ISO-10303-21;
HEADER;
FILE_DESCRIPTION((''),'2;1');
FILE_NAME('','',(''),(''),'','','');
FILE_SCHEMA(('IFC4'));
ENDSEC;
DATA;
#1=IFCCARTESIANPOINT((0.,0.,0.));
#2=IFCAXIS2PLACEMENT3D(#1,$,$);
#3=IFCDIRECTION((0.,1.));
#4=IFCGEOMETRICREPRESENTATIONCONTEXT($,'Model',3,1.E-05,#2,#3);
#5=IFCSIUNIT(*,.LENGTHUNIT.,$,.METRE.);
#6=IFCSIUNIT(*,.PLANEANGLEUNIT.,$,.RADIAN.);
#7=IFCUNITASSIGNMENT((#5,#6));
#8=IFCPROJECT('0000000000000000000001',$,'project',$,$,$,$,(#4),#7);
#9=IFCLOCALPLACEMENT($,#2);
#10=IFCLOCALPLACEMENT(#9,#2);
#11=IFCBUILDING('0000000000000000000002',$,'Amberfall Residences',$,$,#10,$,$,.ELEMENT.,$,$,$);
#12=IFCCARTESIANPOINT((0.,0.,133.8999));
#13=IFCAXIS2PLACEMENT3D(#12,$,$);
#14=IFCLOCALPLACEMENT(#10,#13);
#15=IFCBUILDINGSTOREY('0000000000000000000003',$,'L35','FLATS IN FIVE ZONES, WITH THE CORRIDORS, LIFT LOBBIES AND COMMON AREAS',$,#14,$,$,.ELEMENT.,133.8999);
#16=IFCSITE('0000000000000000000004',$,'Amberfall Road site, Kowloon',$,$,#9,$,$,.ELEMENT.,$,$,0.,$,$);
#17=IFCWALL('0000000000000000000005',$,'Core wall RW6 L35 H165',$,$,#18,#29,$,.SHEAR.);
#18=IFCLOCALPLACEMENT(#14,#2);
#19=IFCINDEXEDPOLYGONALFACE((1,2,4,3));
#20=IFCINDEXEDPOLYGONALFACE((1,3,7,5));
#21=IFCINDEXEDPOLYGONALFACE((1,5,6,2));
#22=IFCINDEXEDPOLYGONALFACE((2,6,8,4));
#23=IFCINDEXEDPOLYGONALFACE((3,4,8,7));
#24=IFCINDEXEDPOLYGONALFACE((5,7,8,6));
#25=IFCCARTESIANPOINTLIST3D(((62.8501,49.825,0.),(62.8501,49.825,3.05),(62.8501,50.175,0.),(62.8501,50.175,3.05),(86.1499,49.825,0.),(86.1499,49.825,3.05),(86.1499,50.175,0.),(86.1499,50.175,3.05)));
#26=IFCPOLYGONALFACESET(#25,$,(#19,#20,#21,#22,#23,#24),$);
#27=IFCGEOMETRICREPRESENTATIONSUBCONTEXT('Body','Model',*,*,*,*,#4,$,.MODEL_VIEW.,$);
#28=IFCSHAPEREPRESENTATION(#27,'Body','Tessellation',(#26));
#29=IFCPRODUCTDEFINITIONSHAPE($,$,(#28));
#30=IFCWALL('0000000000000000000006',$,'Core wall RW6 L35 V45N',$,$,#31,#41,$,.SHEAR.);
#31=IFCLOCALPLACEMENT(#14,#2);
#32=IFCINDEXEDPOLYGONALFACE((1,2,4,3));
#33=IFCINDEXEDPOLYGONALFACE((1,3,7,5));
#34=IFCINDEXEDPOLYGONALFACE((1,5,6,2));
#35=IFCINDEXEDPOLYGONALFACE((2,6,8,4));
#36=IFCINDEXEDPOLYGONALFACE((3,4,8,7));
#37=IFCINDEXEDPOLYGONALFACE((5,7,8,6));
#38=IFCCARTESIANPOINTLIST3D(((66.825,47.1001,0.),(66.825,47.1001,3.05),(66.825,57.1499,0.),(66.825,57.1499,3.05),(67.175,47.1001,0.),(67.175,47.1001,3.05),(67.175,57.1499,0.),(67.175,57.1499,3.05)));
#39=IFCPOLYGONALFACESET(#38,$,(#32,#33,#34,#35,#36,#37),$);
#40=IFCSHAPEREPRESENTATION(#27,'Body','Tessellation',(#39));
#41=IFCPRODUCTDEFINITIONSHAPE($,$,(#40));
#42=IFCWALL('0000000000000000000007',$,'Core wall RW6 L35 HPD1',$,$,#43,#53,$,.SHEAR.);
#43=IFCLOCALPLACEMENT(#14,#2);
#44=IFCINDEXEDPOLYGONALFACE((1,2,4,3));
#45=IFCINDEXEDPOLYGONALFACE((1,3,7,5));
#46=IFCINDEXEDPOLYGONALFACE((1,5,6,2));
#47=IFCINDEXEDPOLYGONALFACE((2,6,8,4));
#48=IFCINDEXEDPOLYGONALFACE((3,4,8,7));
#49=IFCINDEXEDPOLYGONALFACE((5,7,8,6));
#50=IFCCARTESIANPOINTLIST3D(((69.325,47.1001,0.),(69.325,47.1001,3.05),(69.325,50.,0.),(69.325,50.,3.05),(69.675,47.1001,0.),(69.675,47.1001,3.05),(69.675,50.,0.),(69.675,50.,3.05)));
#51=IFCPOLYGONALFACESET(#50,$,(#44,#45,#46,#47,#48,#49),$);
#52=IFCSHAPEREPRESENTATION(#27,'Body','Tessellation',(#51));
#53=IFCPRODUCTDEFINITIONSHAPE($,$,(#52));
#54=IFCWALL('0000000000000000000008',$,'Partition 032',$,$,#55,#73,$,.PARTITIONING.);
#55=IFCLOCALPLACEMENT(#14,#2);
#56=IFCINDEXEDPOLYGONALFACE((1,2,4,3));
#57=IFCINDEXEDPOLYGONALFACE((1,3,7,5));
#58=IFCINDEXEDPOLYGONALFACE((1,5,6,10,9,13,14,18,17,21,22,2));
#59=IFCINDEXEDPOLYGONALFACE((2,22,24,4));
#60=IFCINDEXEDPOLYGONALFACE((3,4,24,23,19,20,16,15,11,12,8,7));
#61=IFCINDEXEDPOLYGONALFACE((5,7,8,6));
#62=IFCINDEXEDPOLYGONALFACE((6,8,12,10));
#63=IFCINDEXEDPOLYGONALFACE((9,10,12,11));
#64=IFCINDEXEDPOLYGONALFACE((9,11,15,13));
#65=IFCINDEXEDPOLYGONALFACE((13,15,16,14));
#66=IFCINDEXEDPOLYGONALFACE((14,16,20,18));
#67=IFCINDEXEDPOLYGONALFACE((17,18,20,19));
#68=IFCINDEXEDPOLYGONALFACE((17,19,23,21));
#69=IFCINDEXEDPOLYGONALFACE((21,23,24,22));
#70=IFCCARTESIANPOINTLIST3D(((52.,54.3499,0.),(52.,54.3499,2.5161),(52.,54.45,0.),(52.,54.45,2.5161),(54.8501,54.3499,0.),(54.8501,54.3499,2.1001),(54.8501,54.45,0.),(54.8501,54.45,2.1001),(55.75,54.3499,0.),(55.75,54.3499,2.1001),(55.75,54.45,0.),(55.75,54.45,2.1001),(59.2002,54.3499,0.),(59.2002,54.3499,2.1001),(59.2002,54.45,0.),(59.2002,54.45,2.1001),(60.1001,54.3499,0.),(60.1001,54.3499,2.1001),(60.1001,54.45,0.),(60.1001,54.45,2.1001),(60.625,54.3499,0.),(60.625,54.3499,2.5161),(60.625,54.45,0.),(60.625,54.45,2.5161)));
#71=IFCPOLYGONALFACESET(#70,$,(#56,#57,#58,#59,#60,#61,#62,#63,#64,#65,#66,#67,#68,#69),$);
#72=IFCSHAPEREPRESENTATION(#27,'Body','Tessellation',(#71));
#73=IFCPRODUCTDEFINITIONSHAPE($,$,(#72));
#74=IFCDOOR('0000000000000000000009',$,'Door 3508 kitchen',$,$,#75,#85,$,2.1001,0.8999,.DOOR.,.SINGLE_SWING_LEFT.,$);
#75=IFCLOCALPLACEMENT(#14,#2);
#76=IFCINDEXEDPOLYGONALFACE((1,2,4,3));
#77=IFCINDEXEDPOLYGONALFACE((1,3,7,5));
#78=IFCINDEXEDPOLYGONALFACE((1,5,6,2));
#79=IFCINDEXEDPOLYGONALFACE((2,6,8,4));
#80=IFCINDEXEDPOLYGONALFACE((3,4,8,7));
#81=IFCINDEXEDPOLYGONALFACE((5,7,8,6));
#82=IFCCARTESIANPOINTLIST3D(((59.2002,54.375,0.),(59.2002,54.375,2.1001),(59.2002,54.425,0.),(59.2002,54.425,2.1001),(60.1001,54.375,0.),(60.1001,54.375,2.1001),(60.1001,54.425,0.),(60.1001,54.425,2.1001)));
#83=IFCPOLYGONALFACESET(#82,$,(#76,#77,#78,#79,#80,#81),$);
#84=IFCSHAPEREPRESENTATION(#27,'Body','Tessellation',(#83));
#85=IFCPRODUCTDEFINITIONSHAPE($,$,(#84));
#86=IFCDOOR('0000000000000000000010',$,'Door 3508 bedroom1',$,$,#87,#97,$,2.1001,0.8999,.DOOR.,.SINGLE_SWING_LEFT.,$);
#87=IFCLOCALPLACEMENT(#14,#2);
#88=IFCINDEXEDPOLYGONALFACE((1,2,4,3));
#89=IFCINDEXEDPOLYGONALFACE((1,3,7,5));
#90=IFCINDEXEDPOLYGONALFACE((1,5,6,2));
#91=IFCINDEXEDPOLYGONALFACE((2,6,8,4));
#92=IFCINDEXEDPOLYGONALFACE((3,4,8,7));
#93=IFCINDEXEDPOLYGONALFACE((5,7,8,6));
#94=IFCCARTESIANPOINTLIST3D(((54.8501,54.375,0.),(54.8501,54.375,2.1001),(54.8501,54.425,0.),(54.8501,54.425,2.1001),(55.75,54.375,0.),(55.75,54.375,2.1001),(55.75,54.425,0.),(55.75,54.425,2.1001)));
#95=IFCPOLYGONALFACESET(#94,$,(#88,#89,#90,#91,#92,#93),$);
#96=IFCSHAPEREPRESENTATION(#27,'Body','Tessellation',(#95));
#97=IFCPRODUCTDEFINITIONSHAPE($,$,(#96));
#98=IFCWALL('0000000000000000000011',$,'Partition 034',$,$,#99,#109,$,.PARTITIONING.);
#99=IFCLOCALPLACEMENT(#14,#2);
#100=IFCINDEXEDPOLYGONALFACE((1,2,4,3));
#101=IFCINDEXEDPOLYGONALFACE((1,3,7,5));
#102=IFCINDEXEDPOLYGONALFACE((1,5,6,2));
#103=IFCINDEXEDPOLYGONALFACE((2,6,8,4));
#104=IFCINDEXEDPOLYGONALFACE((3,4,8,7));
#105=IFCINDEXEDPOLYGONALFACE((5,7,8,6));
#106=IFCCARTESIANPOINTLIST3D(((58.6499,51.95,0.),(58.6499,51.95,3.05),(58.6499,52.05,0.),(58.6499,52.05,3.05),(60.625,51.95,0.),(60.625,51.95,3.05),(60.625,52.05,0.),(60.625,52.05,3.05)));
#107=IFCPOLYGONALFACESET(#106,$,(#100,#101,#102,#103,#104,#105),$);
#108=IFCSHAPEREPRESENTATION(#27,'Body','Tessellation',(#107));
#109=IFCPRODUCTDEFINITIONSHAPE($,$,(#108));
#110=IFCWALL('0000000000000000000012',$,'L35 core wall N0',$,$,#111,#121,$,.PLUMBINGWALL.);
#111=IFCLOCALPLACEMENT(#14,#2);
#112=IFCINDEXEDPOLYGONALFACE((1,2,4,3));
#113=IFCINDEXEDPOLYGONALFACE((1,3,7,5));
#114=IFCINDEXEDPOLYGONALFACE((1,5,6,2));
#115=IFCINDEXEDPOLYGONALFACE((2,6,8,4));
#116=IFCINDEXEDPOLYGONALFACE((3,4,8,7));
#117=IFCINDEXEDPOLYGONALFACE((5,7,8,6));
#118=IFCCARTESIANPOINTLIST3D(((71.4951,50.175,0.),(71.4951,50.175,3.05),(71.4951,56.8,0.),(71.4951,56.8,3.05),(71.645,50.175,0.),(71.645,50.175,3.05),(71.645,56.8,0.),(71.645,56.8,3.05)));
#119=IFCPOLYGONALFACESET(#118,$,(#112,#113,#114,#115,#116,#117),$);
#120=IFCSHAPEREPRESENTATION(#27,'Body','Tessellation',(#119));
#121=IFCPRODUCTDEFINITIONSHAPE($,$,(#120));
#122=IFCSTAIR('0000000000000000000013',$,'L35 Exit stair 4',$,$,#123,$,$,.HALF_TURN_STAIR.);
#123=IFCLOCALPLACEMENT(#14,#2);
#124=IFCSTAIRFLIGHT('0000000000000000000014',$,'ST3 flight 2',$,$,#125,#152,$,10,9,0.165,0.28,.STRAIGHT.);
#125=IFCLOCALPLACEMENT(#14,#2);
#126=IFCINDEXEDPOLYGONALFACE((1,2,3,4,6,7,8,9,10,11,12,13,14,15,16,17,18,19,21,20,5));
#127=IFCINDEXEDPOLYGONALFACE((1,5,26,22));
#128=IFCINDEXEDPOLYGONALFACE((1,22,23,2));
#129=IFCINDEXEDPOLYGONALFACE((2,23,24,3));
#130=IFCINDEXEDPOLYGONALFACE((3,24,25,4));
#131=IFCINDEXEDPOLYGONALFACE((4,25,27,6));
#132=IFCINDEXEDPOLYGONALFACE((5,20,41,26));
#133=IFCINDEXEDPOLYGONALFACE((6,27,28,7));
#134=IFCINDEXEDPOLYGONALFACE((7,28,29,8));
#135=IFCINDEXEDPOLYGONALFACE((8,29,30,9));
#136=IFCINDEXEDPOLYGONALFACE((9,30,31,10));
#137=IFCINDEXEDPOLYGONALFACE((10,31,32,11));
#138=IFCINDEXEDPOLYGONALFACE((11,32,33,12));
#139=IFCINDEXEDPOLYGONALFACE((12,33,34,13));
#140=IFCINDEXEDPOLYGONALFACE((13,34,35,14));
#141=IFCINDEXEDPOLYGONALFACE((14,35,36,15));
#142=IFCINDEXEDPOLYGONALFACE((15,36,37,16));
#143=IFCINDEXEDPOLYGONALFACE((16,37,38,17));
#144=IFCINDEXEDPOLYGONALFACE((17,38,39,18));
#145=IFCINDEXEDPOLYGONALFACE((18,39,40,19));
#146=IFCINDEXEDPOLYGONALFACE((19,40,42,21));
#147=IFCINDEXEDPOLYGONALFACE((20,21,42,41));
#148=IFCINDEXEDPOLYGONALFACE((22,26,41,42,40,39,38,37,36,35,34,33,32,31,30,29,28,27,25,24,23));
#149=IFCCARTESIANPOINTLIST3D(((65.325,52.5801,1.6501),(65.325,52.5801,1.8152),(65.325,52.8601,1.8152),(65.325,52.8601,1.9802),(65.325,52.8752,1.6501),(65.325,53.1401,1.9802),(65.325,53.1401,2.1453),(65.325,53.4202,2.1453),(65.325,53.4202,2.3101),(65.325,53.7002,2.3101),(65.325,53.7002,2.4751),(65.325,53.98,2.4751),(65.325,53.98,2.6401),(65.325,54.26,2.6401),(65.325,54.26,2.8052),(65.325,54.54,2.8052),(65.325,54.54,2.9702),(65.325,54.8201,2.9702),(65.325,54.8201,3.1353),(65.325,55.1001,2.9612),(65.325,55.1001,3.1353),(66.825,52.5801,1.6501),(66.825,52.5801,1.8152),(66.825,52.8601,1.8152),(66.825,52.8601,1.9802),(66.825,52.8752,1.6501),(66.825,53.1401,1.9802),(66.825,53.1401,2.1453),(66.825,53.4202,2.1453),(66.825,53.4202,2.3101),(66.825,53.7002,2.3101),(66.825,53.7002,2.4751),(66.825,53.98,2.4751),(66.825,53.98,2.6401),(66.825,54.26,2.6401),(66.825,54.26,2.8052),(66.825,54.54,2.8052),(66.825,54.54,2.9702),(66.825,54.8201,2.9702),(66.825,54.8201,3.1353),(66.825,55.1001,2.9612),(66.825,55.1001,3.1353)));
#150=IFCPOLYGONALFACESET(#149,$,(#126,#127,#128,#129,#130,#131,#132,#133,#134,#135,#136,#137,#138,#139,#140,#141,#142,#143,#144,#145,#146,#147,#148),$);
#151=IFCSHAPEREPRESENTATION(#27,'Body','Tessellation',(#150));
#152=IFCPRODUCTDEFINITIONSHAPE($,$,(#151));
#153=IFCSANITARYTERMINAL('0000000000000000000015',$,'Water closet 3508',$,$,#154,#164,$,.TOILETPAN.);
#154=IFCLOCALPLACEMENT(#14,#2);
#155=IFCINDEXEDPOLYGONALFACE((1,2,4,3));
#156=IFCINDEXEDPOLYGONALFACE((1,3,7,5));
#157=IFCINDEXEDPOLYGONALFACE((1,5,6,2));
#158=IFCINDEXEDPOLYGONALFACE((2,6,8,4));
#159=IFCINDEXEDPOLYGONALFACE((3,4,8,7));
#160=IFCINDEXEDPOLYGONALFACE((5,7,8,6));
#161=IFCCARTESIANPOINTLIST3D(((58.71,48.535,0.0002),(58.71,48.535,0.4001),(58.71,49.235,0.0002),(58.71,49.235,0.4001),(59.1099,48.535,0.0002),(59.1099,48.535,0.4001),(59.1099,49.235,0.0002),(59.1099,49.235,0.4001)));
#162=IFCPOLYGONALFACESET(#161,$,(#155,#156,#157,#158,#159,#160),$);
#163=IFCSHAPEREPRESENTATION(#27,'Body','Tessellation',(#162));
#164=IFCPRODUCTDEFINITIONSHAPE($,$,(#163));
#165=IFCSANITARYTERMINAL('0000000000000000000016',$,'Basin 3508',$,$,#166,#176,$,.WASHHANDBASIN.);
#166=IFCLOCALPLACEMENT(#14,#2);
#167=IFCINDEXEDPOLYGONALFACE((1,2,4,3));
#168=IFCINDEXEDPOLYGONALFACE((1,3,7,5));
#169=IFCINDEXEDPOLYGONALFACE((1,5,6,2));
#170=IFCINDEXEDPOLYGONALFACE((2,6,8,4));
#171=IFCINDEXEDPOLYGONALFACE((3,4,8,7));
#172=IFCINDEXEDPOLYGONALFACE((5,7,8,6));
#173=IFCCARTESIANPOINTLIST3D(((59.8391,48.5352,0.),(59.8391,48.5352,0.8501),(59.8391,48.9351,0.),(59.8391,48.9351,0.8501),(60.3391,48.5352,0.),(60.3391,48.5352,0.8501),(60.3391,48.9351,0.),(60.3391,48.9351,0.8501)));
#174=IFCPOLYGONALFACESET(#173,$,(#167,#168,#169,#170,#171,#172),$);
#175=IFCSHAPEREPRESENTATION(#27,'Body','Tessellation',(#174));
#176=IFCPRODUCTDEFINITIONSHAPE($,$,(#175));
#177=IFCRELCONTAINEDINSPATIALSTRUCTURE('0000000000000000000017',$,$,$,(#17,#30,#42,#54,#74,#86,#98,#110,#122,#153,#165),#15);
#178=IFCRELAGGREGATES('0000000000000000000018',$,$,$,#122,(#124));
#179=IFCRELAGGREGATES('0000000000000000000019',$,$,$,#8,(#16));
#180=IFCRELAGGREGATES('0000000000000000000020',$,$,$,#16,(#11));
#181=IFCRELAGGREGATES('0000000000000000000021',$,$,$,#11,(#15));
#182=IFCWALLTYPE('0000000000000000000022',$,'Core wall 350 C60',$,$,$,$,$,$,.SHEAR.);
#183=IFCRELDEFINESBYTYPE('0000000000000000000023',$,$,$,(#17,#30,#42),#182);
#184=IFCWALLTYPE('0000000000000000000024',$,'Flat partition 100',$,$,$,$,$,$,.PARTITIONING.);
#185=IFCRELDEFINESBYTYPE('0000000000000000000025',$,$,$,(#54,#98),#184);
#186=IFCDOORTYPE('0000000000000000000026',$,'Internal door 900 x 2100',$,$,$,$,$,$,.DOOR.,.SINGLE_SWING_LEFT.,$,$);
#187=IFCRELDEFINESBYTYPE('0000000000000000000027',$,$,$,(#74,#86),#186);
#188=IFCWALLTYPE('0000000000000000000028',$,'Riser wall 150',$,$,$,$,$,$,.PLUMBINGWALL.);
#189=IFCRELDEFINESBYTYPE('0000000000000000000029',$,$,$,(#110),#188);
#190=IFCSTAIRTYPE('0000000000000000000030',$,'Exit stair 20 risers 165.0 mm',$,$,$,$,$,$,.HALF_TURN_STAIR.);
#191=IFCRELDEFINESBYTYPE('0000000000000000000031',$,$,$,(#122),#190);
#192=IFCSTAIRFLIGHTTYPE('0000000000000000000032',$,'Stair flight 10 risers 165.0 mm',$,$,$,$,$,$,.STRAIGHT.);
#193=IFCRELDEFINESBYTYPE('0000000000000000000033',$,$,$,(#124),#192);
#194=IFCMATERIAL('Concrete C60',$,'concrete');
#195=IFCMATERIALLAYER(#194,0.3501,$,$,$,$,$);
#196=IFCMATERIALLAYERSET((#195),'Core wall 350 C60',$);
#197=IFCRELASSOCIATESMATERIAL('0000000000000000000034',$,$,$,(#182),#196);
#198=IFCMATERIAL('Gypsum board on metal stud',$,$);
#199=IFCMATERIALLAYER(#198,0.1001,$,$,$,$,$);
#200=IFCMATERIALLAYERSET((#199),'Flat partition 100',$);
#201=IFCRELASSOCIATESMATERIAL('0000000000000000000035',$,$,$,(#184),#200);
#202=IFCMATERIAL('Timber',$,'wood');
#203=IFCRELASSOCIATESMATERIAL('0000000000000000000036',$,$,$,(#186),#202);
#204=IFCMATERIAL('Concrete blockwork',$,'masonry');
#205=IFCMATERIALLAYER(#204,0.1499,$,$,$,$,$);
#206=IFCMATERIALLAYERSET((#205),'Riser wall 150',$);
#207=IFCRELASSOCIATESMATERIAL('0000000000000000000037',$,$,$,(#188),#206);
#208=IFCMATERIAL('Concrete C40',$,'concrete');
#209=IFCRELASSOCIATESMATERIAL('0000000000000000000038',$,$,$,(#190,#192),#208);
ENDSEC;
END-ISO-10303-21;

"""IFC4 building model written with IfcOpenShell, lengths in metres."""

from ifc_helpers import new_model, si_unit, direction, frame, frame_2d, origin, origin_2d, place, context, subcontext, project, spatial, polyline, rectangle, outline, extrude, material, layer, layer_set, type_object, element, fill, aggregate, save


model = new_model("IFC4")

# Units and contexts
model_context = context("Model", 3, precision=1e-05, world=origin(), true_north=direction((0.0, 1.0)))
body_context = subcontext(model_context, "Body", "Model", "MODEL_VIEW")
ifc_project = project(units=[si_unit("LENGTHUNIT", "METRE"), si_unit("PLANEANGLEUNIT", "RADIAN")], contexts=[model_context])

# Site, building, storey
site_placement = place(None, origin())
site = spatial("IfcSite", under=ifc_project, at=site_placement, Name="Amberfall Road site, Kowloon", CompositionType="ELEMENT", RefElevation=0.0)
building_placement = place(site_placement, origin())
building = spatial("IfcBuilding", under=site, at=building_placement, Name="Amberfall Residences", CompositionType="ELEMENT")
storey_placement = place(building_placement, frame((0.0, 0.0, 133.8999)))
storey = spatial("IfcBuildingStorey", under=building, at=storey_placement, Name="L35", Description="FLATS IN FIVE ZONES, WITH THE CORRIDORS, LIFT LOBBIES AND COMMON AREAS", CompositionType="ELEMENT", Elevation=133.8999)

# Walls
ifc_material_1 = material(Name="Concrete C60", Category="concrete")
ifc_layer_1 = layer(ifc_material_1, 0.3501)
ifc_layer_set_1 = layer_set([ifc_layer_1], Name="Core wall 350 C60")
wall_type_1 = type_object("IfcWallType", Name="Core wall 350 C60", PredefinedType="SHEAR", material=ifc_layer_set_1)
wall_1_placement = place(storey_placement, frame((62.8501, 50.0, 0.0), z_axis=(0.0, 0.0, 1.0), x_axis=(1.0, 0.0, 0.0)))
element("IfcWall", 1, at=wall_1_placement, inside=storey, type_object=wall_type_1, Name="Core wall RW6 L35 H165", PredefinedType="SHEAR", context=body_context, shape_type="SweptSolid", body=[
    extrude(rectangle(XDim=23.2998, YDim=0.3501, at=frame_2d((11.6499, 0.0))), origin(), (0.0, 0.0, 1.0), 3.05),
])
wall_2_placement = place(storey_placement, frame((67.0, 47.1001, 0.0), z_axis=(0.0, 0.0, 1.0), x_axis=(0.0, 1.0, 0.0)))
element("IfcWall", 2, at=wall_2_placement, inside=storey, type_object=wall_type_1, Name="Core wall RW6 L35 V45N", PredefinedType="SHEAR", context=body_context, shape_type="SweptSolid", body=[
    extrude(rectangle(XDim=10.0498, YDim=0.3501, at=frame_2d((5.0249, 0.0))), origin(), (0.0, 0.0, 1.0), 3.05),
])
wall_3_placement = place(storey_placement, frame((69.5, 47.1001, 0.0), z_axis=(0.0, 0.0, 1.0), x_axis=(0.0, 1.0, 0.0)))
element("IfcWall", 3, at=wall_3_placement, inside=storey, type_object=wall_type_1, Name="Core wall RW6 L35 HPD1", PredefinedType="SHEAR", context=body_context, shape_type="SweptSolid", body=[
    extrude(rectangle(XDim=2.8999, YDim=0.3501, at=frame_2d((1.45, 0.0))), origin(), (0.0, 0.0, 1.0), 3.05),
])

# Wall, openings, doors
ifc_material_2 = material(Name="Gypsum board on metal stud")
ifc_layer_2 = layer(ifc_material_2, 0.1001)
ifc_layer_set_2 = layer_set([ifc_layer_2], Name="Flat partition 100")
wall_type_2 = type_object("IfcWallType", Name="Flat partition 100", PredefinedType="PARTITIONING", material=ifc_layer_set_2)
wall_4_placement = place(storey_placement, frame((60.625, 54.3999, 0.0), z_axis=(0.0, 0.0, 1.0), x_axis=(-1.0, 0.0, 0.0)))
wall_4 = element("IfcWall", 4, at=wall_4_placement, inside=storey, type_object=wall_type_2, Name="Partition 032", PredefinedType="PARTITIONING", context=body_context, shape_type="SweptSolid", body=[
    extrude(rectangle(XDim=8.625, YDim=0.1001, at=frame_2d((4.3125, 0.0))), origin(), (0.0, 0.0, 1.0), 2.5161),
])
opening_1_placement = place(wall_4_placement, frame((0.5249, 0.0, 0.0)))
opening_1 = element("IfcOpeningElement", 5, at=opening_1_placement, cuts=wall_4, PredefinedType="OPENING", context=body_context, shape_type="SweptSolid", body=[
    extrude(rectangle(XDim=0.8999, YDim=2.1001, at=frame_2d((0.45, 1.05))), frame((0.0, 0.0601, 0.0), z_axis=(0.0, -1.0, 0.0), x_axis=(1.0, 0.0, 0.0)), (0.0, 0.0, 1.0), 0.1201),
])
opening_2_placement = place(wall_4_placement, frame((4.875, 0.0, 0.0)))
opening_2 = element("IfcOpeningElement", 6, at=opening_2_placement, cuts=wall_4, PredefinedType="OPENING", context=body_context, shape_type="SweptSolid", body=[
    extrude(rectangle(XDim=0.8999, YDim=2.1001, at=frame_2d((0.45, 1.05))), frame((0.0, 0.0601, 0.0), z_axis=(0.0, -1.0, 0.0), x_axis=(1.0, 0.0, 0.0)), (0.0, 0.0, 1.0), 0.1201),
])
ifc_material_3 = material(Name="Timber", Category="wood")
door_type = type_object("IfcDoorType", Name="Internal door 900 x 2100", OperationType="SINGLE_SWING_LEFT", PredefinedType="DOOR", material=ifc_material_3)
door_1_placement = place(opening_1_placement, origin())
door_1 = element("IfcDoor", 7, at=door_1_placement, inside=storey, type_object=door_type, Name="Door 3508 kitchen", OperationType="SINGLE_SWING_LEFT", OverallHeight=2.1001, OverallWidth=0.8999, PredefinedType="DOOR", context=body_context, shape_type="SweptSolid", body=[
    extrude(rectangle(XDim=0.8999, YDim=2.1001, at=frame_2d((0.45, 1.05))), frame((0.0, 0.0249, 0.0), z_axis=(0.0, -1.0, 0.0), x_axis=(1.0, 0.0, 0.0)), (0.0, 0.0, 1.0), 0.05),
])
fill(opening_1, door_1)
door_2_placement = place(opening_2_placement, origin())
door_2 = element("IfcDoor", 8, at=door_2_placement, inside=storey, type_object=door_type, Name="Door 3508 bedroom1", OperationType="SINGLE_SWING_LEFT", OverallHeight=2.1001, OverallWidth=0.8999, PredefinedType="DOOR", context=body_context, shape_type="SweptSolid", body=[
    extrude(rectangle(XDim=0.8999, YDim=2.1001, at=frame_2d((0.45, 1.05))), frame((0.0, 0.0249, 0.0), z_axis=(0.0, -1.0, 0.0), x_axis=(1.0, 0.0, 0.0)), (0.0, 0.0, 1.0), 0.05),
])
fill(opening_2, door_2)

# Walls
wall_5_placement = place(storey_placement, frame((58.6499, 52.0, 0.0), z_axis=(0.0, 0.0, 1.0), x_axis=(1.0, 0.0, 0.0)))
element("IfcWall", 9, at=wall_5_placement, inside=storey, type_object=wall_type_2, Name="Partition 034", PredefinedType="PARTITIONING", context=body_context, shape_type="SweptSolid", body=[
    extrude(rectangle(XDim=1.9751, YDim=0.1001, at=frame_2d((0.9875, 0.0))), origin(), (0.0, 0.0, 1.0), 3.05),
])
ifc_material_4 = material(Name="Concrete blockwork", Category="masonry")
ifc_layer_3 = layer(ifc_material_4, 0.1499)
ifc_layer_set_3 = layer_set([ifc_layer_3], Name="Riser wall 150")
wall_type_3 = type_object("IfcWallType", Name="Riser wall 150", PredefinedType="PLUMBINGWALL", material=ifc_layer_set_3)
wall_6_placement = place(storey_placement, frame((71.5701, 50.175, 0.0), z_axis=(0.0, 0.0, 1.0), x_axis=(0.0, 1.0, 0.0)))
element("IfcWall", 10, at=wall_6_placement, inside=storey, type_object=wall_type_3, Name="L35 core wall N0", PredefinedType="PLUMBINGWALL", context=body_context, shape_type="SweptSolid", body=[
    extrude(rectangle(XDim=6.625, YDim=0.1499, at=frame_2d((3.3125, 0.0))), origin(), (0.0, 0.0, 1.0), 3.05),
])

# Stair, stair flight
ifc_material_5 = material(Name="Concrete C40", Category="concrete")
stair_type = type_object("IfcStairType", Name="Exit stair 20 risers 165.0 mm", PredefinedType="HALF_TURN_STAIR", material=ifc_material_5)
stair_placement = place(storey_placement, origin())
stair = element("IfcStair", 11, at=stair_placement, inside=storey, type_object=stair_type, Name="L35 Exit stair 4", PredefinedType="HALF_TURN_STAIR")
stair_flight_type = type_object("IfcStairFlightType", Name="Stair flight 10 risers 165.0 mm", PredefinedType="STRAIGHT", material=ifc_material_5)
stair_flight_placement = place(storey_placement, frame((66.075, 52.5801, 1.6501), z_axis=(0.0, 0.0, 1.0), x_axis=(0.0, 1.0, 0.0)))
stair_flight = element("IfcStairFlight", 12, at=stair_flight_placement, type_object=stair_flight_type, Name="ST3 flight 2", NumberOfRisers=10, NumberOfTreads=9, PredefinedType="STRAIGHT", RiserHeight=0.165, TreadLength=0.28, context=body_context, shape_type="SweptSolid", body=[
    extrude(outline(polyline([(0.0, 0.0), (0.0, 0.165), (0.28, 0.165), (0.28, 0.3301), (0.5601, 0.3301), (0.5601, 0.4951), (0.8401, 0.4951), (0.8401, 0.6599), (1.1201, 0.6599), (1.1201, 0.825), (1.3999, 0.825), (1.3999, 0.99), (1.6799, 0.99), (1.6799, 1.155), (1.96, 1.155), (1.96, 1.3201), (2.24, 1.3201), (2.24, 1.4851), (2.52, 1.4851), (2.52, 1.6499), (2.52, 1.311), (0.2952, 0.0), (0.0, 0.0)])), frame((0.0, 0.75, 0.0), z_axis=(0.0, -1.0, 0.0), x_axis=(1.0, 0.0, 0.0)), (0.0, 0.0, 1.0), 1.5),
])
aggregate(stair, [stair_flight])

# Sanitary terminals
sanitary_terminal_1_placement = place(storey_placement, frame((58.9099, 48.885, 0.0002), z_axis=(0.0, 0.0, 1.0), x_axis=(1.0, 0.0, 0.0)))
element("IfcSanitaryTerminal", 13, at=sanitary_terminal_1_placement, inside=storey, Name="Water closet 3508", PredefinedType="TOILETPAN", context=body_context, shape_type="SweptSolid", body=[
    extrude(rectangle(XDim=0.3999, YDim=0.7, at=origin_2d()), origin(), (0.0, 0.0, 1.0), 0.3999),
])
sanitary_terminal_2_placement = place(storey_placement, frame((60.0891, 48.7351, 0.0), z_axis=(0.0, 0.0, 1.0), x_axis=(1.0, 0.0, 0.0)))
element("IfcSanitaryTerminal", 14, at=sanitary_terminal_2_placement, inside=storey, Name="Basin 3508", PredefinedType="WASHHANDBASIN", context=body_context, shape_type="SweptSolid", body=[
    extrude(rectangle(XDim=0.5, YDim=0.3999, at=origin_2d()), origin(), (0.0, 0.0, 1.0), 0.8501),
])

save(model, "model.ifc")
